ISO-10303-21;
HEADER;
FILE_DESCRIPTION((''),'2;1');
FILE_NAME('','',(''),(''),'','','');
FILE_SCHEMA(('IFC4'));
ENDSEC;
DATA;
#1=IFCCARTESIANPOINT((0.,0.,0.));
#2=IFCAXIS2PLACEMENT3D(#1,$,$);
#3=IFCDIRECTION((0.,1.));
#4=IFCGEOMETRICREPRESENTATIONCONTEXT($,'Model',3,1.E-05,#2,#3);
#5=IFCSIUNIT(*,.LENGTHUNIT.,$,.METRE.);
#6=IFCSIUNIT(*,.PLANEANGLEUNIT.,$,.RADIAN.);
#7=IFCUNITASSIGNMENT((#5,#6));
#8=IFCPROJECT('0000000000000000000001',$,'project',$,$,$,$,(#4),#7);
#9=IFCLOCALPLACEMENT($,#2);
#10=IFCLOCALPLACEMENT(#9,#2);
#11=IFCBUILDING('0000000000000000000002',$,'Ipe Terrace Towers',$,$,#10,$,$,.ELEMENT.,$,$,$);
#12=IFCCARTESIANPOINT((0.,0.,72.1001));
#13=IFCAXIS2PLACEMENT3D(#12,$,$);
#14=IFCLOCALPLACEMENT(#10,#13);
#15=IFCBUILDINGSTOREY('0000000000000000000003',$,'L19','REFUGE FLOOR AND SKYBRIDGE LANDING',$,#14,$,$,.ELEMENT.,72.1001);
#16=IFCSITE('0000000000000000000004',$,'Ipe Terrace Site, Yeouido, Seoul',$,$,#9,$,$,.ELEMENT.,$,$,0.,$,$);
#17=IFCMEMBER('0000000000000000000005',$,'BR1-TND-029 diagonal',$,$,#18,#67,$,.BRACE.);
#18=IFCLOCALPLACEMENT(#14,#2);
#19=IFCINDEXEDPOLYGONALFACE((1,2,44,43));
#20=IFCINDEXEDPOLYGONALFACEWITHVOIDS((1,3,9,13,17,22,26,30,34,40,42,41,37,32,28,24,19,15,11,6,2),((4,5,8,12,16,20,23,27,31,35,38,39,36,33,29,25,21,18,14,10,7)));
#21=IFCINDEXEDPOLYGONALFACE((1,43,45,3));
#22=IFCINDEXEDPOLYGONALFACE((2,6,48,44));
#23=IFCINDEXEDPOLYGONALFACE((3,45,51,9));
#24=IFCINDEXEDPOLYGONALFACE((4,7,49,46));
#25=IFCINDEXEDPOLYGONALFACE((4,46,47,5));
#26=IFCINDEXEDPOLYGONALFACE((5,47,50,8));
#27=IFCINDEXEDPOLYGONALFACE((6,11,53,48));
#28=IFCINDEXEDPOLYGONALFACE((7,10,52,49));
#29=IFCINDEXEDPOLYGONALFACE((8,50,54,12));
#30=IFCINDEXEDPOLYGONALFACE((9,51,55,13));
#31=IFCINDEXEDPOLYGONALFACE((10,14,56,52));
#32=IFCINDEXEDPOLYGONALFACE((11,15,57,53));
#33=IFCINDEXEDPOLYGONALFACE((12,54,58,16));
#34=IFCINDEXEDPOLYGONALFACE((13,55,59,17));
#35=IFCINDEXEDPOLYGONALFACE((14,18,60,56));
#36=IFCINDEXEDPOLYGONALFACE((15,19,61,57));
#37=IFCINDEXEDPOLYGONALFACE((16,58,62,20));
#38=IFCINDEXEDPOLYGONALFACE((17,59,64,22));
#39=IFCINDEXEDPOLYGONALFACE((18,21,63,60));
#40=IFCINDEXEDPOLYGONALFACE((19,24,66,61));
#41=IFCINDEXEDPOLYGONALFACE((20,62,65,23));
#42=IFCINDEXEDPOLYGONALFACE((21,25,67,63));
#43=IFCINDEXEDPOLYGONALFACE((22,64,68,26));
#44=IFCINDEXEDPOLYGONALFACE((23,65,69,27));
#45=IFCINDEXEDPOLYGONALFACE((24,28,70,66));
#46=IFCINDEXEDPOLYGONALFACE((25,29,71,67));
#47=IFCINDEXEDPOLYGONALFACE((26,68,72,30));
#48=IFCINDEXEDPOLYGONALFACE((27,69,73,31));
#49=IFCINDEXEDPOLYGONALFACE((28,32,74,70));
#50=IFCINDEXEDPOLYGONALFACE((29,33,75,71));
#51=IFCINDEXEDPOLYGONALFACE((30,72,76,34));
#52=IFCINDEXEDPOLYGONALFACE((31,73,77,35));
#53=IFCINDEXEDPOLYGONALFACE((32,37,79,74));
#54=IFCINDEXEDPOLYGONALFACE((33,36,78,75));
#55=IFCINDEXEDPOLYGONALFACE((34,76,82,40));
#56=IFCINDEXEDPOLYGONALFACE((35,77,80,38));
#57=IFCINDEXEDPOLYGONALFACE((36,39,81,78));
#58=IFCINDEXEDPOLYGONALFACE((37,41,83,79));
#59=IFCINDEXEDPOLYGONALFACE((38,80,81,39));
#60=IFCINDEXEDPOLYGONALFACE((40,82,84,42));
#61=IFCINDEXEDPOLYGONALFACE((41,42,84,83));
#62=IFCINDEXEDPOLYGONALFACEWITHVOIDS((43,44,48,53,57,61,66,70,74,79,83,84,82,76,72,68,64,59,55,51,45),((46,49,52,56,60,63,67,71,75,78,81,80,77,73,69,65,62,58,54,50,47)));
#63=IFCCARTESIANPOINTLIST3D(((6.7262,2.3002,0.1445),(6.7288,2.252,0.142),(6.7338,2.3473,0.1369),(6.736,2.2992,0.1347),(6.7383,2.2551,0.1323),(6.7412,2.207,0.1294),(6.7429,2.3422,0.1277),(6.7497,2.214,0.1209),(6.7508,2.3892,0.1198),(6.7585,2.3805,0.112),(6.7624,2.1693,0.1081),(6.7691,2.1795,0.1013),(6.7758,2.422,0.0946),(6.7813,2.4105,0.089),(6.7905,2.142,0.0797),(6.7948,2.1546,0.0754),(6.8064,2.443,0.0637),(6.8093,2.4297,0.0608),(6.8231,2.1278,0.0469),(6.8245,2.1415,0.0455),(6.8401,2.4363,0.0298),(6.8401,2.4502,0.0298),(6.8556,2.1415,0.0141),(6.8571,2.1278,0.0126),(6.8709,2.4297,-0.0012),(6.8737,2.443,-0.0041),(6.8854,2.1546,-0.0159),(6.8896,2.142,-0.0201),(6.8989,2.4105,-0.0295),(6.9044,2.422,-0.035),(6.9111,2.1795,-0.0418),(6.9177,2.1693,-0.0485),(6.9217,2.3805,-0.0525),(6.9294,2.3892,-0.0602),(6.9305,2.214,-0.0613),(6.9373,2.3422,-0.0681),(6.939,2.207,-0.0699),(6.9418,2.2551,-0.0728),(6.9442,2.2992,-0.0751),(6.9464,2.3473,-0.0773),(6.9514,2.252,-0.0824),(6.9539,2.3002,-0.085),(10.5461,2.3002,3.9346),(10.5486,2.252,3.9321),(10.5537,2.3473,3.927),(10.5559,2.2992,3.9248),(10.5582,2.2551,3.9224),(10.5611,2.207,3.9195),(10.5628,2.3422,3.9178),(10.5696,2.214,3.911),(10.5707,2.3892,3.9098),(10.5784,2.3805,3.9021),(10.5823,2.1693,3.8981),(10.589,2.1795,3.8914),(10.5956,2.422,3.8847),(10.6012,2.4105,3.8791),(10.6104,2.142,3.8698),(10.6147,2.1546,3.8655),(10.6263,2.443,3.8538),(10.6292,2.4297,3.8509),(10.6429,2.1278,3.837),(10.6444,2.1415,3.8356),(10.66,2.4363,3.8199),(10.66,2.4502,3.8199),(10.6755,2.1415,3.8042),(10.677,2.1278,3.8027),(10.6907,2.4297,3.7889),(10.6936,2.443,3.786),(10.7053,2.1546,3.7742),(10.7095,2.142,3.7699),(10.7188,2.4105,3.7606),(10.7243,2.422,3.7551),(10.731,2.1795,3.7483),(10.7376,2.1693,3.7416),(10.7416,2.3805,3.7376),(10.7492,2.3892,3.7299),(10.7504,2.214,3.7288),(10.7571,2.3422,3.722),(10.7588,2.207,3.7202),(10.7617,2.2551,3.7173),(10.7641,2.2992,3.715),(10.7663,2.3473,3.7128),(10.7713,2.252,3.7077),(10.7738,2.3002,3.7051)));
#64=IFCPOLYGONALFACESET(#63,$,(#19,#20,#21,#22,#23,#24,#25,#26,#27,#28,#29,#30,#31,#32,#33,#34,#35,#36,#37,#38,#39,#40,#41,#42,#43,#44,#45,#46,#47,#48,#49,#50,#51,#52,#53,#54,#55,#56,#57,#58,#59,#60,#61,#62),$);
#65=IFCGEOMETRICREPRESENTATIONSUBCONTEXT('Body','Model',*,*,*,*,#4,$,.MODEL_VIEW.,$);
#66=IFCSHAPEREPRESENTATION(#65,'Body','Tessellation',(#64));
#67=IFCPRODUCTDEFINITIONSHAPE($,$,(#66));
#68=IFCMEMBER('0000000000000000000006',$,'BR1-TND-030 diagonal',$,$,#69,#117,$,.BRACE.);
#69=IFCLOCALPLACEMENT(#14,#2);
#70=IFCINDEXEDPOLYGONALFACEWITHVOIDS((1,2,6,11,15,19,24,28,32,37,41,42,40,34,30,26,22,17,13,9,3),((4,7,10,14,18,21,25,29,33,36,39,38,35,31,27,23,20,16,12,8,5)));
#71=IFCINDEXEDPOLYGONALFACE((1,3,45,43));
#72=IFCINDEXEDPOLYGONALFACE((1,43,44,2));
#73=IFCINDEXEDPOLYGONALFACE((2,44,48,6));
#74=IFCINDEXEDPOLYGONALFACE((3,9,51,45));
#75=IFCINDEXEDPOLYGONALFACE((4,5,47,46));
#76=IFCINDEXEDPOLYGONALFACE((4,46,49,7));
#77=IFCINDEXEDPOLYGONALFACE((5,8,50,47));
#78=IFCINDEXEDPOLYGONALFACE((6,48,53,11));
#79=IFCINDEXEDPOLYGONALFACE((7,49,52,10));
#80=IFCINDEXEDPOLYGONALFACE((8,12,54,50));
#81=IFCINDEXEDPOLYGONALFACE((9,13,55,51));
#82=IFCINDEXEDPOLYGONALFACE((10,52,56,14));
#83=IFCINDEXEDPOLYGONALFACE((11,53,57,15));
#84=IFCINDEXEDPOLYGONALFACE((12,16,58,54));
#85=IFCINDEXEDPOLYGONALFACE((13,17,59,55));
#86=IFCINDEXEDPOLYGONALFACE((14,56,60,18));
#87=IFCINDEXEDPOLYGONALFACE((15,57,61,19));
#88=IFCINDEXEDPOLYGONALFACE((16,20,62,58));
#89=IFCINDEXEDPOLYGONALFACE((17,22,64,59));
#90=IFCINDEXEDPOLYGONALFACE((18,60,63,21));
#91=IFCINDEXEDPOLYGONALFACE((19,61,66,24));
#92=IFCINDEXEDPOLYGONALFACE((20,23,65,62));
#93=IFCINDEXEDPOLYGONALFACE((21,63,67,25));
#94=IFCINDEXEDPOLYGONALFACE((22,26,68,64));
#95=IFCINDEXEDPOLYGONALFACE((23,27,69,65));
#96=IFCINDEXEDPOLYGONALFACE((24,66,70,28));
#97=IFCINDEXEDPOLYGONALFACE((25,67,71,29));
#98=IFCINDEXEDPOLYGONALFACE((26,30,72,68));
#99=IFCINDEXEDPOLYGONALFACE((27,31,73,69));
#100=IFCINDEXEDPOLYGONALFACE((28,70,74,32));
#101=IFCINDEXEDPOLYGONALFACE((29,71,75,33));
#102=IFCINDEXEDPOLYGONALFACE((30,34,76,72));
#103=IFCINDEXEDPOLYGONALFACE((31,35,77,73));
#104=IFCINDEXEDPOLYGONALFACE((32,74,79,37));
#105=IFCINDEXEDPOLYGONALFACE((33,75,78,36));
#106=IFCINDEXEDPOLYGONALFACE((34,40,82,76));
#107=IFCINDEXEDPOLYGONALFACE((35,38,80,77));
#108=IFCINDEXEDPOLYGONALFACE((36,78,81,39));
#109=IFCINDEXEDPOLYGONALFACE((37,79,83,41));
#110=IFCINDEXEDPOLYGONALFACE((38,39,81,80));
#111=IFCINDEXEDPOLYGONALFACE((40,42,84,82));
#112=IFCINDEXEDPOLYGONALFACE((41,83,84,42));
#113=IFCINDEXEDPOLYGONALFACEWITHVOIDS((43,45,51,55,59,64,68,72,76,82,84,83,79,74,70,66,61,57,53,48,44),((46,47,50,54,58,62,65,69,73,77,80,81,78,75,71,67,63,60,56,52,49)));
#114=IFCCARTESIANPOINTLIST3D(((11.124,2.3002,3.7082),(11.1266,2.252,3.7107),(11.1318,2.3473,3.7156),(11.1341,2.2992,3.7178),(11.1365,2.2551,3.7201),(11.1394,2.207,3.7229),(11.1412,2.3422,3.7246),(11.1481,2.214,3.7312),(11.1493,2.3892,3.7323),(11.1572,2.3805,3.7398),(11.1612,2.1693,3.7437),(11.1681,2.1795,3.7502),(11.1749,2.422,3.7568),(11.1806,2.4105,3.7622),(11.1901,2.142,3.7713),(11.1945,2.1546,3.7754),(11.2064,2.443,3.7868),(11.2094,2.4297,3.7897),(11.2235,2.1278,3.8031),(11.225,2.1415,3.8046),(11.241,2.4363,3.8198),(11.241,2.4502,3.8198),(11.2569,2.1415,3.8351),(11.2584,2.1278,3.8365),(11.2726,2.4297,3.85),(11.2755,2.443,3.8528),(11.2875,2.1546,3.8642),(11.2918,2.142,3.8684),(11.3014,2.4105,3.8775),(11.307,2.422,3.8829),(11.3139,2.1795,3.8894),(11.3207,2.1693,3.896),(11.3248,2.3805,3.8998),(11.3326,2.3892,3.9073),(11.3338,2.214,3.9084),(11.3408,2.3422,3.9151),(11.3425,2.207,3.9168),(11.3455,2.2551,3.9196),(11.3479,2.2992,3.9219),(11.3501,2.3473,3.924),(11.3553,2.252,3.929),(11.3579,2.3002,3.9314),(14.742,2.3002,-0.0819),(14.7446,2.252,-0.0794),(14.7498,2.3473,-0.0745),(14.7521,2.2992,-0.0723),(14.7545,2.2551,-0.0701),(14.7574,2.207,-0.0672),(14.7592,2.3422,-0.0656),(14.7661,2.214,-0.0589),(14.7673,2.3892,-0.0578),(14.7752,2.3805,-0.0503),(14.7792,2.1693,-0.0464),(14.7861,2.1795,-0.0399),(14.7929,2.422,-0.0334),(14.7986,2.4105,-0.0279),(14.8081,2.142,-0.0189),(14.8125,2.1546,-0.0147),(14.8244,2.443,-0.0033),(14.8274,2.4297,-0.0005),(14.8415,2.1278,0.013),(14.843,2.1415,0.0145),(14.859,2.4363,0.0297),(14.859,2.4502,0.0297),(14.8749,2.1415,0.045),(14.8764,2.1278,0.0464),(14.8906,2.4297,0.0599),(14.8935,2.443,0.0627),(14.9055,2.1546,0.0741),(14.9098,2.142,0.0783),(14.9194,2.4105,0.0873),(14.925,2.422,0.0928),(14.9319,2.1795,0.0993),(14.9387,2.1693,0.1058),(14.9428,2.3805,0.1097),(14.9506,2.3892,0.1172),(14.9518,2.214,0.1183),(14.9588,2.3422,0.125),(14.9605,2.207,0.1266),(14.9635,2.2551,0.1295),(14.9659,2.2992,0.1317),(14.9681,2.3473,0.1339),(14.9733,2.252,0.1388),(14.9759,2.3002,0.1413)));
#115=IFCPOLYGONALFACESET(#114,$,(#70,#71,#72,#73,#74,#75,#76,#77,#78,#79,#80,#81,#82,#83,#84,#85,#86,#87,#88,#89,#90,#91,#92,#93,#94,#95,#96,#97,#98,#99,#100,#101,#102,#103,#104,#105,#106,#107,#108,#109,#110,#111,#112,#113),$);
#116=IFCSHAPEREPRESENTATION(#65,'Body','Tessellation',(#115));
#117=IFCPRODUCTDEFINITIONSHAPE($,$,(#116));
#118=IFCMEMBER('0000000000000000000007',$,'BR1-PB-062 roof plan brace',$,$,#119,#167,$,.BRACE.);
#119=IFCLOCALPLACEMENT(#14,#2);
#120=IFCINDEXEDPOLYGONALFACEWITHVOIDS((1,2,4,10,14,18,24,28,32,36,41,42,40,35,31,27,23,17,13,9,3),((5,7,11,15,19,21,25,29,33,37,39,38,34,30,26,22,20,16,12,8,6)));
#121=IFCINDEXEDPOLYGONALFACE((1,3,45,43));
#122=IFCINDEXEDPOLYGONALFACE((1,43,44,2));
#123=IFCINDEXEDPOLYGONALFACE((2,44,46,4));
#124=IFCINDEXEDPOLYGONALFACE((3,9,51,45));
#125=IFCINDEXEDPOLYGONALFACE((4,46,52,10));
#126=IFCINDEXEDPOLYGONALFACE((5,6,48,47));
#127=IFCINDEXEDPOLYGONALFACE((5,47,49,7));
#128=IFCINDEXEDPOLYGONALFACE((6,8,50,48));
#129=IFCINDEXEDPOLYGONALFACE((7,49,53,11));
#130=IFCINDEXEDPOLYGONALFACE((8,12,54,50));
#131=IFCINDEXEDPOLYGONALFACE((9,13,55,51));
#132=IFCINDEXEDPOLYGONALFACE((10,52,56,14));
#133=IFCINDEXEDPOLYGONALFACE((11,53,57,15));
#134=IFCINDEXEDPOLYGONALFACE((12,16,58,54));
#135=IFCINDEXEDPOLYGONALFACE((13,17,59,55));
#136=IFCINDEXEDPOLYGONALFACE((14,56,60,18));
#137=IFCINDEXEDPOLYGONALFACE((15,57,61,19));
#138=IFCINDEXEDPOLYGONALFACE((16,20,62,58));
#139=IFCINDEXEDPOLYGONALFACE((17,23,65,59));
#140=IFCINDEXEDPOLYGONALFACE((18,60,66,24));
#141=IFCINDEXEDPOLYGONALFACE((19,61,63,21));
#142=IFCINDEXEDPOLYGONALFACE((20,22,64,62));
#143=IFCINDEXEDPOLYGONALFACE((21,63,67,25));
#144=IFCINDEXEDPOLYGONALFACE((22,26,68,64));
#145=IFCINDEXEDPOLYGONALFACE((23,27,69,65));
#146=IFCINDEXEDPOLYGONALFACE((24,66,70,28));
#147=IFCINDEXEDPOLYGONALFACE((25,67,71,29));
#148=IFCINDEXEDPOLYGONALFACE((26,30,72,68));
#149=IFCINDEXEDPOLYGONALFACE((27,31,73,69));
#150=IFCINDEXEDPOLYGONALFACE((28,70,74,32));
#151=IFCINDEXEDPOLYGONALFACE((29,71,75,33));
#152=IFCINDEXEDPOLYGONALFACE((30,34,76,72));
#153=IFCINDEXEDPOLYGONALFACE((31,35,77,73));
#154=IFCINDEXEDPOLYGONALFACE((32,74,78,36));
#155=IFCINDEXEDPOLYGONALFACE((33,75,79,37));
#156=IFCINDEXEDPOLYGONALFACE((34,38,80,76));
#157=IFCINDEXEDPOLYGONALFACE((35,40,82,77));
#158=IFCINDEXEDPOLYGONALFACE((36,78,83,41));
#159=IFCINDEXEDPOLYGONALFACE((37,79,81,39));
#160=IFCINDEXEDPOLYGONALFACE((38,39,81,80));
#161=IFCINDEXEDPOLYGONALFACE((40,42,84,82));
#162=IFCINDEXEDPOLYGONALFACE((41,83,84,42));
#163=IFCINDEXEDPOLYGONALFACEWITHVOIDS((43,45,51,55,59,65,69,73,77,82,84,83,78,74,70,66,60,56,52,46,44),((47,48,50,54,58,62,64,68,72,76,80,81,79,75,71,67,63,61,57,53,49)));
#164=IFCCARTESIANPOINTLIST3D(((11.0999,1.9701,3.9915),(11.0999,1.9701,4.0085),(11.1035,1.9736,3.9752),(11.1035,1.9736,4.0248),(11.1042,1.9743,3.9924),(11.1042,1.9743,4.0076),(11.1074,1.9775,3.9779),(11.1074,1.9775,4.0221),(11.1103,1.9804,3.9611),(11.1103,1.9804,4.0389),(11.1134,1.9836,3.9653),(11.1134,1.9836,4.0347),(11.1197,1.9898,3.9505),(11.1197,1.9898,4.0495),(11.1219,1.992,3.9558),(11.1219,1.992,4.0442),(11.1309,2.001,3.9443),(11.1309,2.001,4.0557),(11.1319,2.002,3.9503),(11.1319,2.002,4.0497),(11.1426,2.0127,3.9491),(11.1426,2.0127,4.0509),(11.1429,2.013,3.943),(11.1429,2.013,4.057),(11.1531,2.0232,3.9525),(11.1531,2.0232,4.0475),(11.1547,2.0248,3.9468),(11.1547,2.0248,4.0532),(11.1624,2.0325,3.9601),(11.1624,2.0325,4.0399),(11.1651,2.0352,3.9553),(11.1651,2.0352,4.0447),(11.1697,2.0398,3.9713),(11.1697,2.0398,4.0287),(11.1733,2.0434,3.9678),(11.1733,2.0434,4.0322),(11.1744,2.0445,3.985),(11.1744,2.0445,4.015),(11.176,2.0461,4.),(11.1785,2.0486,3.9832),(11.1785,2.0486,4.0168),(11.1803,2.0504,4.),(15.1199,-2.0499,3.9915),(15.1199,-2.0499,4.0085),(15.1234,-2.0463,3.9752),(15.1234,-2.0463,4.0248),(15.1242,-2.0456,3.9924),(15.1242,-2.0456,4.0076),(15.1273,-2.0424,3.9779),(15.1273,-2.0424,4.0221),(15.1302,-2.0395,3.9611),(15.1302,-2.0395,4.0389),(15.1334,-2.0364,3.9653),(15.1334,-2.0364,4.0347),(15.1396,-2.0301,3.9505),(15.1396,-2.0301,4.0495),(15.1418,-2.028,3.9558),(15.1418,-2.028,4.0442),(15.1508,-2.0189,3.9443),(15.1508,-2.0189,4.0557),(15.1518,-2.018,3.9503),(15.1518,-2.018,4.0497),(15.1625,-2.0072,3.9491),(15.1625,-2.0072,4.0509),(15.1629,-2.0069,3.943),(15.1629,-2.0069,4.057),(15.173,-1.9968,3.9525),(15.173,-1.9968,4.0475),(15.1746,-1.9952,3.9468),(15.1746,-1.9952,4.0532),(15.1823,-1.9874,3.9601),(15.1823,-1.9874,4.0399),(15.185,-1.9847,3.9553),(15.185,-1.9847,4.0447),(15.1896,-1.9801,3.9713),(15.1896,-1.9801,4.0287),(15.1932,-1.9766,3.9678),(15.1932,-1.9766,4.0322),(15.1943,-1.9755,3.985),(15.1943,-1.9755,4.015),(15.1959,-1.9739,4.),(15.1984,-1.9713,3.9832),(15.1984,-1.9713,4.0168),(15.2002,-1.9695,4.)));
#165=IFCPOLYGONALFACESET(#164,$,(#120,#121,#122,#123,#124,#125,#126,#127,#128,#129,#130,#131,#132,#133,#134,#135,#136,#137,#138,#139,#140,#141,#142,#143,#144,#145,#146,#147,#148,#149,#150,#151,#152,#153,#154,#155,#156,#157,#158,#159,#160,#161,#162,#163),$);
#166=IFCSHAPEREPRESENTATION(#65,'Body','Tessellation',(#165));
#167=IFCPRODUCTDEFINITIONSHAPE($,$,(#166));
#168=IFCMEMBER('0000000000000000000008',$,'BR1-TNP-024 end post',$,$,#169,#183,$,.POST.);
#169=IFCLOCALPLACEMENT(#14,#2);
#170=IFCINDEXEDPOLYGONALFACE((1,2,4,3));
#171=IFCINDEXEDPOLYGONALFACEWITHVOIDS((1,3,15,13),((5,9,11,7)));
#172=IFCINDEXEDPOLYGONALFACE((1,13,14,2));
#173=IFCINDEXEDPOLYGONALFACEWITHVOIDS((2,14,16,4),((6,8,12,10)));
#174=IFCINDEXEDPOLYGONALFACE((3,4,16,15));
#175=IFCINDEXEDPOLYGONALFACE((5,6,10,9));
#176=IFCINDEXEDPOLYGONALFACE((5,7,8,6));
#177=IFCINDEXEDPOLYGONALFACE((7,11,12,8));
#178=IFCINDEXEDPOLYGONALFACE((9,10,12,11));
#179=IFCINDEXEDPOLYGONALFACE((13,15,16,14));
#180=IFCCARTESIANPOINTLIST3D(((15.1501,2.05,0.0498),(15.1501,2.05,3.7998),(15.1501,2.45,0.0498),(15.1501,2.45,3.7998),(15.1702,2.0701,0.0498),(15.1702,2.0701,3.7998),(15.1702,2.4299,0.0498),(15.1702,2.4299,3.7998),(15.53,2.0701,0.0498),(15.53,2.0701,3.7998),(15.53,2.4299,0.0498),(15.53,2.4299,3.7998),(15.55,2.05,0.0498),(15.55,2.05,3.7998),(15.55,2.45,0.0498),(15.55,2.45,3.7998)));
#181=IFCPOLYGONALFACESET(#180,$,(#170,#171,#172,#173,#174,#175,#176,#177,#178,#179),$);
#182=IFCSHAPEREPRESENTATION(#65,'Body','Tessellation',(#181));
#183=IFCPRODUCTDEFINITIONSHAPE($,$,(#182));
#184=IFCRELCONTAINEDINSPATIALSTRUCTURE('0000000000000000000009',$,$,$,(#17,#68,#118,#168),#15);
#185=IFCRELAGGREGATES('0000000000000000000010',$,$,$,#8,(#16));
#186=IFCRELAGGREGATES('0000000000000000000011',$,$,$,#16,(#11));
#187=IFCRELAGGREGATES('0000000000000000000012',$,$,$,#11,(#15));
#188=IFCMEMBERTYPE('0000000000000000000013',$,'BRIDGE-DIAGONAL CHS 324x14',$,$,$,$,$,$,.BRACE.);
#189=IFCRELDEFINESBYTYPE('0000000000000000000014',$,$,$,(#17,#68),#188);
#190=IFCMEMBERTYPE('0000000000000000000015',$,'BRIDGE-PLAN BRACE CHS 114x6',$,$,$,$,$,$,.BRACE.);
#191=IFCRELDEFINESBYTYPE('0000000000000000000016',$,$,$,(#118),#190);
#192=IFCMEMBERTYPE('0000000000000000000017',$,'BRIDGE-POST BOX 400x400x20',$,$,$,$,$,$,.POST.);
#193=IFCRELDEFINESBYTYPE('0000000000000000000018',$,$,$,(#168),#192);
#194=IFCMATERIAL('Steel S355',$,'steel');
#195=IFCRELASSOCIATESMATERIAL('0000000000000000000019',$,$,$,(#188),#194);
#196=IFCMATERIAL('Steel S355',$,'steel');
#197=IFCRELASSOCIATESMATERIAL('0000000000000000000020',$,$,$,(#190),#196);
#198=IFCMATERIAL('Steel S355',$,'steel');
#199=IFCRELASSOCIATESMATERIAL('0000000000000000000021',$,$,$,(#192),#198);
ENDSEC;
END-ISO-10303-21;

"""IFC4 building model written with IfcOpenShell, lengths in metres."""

from ifc_helpers import new_model, si_unit, direction, frame, origin, origin_2d, place, context, subcontext, project, spatial, hollow_rectangle, hollow_circle, extrude, material, material_profile, profile_set, type_object, element, save


model = new_model("IFC4")

# Units and contexts
model_context = context("Model", 3, precision=1e-05, world=origin(), true_north=direction((0.0, 1.0)))
body_context = subcontext(model_context, "Body", "Model", "MODEL_VIEW")
ifc_project = project(units=[si_unit("LENGTHUNIT", "METRE"), si_unit("PLANEANGLEUNIT", "RADIAN")], contexts=[model_context])

# Site, building, storey
site_placement = place(None, origin())
site = spatial("IfcSite", under=ifc_project, at=site_placement, Name="Ipe Terrace Site, Yeouido, Seoul", CompositionType="ELEMENT", RefElevation=0.0)
building_placement = place(site_placement, origin())
building = spatial("IfcBuilding", under=site, at=building_placement, Name="Ipe Terrace Towers", CompositionType="ELEMENT")
storey_placement = place(building_placement, frame((0.0, 0.0, 72.1001)))
storey = spatial("IfcBuildingStorey", under=building, at=storey_placement, Name="L19", Description="REFUGE FLOOR AND SKYBRIDGE LANDING", CompositionType="ELEMENT", Elevation=72.1001)

# Members
ifc_material_1 = material(Name="Steel S355", Category="steel")
ifc_material_profile_1 = material_profile(ifc_material_1, hollow_circle(Radius=0.1621, WallThickness=0.0139, at=origin_2d()), Name="BRIDGE-DIAGONAL CHS 324x14")
ifc_profile_set_1 = profile_set([ifc_material_profile_1], Name="Steel S355")
member_type_1 = type_object("IfcMemberType", Name="BRIDGE-DIAGONAL CHS 324x14", PredefinedType="BRACE", material=ifc_profile_set_1)
member_1_placement = place(storey_placement, frame((6.8401, 2.2881, 0.0298), z_axis=(0.709869, 0.0, 0.704334), x_axis=(0.0, 1.0, 0.0)))
element("IfcMember", 1, at=member_1_placement, inside=storey, type_object=member_type_1, Name="BR1-TND-029 diagonal", PredefinedType="BRACE", context=body_context, shape_type="SweptSolid", body=[
    extrude(hollow_circle(Radius=0.1621, WallThickness=0.0139, at=origin_2d()), origin(), (0.0, 0.0, 1.0), 5.3811),
])
member_2_placement = place(storey_placement, frame((11.241, 2.2881, 3.8198), z_axis=(0.690491, 0.0, -0.723341), x_axis=(0.0, 1.0, 0.0)))
element("IfcMember", 2, at=member_2_placement, inside=storey, type_object=member_type_1, Name="BR1-TND-030 diagonal", PredefinedType="BRACE", context=body_context, shape_type="SweptSolid", body=[
    extrude(hollow_circle(Radius=0.1621, WallThickness=0.0139, at=origin_2d()), origin(), (0.0, 0.0, 1.0), 5.2397),
])
ifc_material_2 = material(Name="Steel S355", Category="steel")
ifc_material_profile_2 = material_profile(ifc_material_2, hollow_circle(Radius=0.0571, WallThickness=0.0061, at=origin_2d()), Name="BRIDGE-PLAN BRACE CHS 114x6")
ifc_profile_set_2 = profile_set([ifc_material_profile_2], Name="Steel S355")
member_type_2 = type_object("IfcMemberType", Name="BRIDGE-PLAN BRACE CHS 114x6", PredefinedType="BRACE", material=ifc_profile_set_2)
member_3_placement = place(storey_placement, frame((11.1399, 2.01, 4.0), z_axis=(0.707107, -0.707107, 0.0), x_axis=(0.707107, 0.707107, 0.0)))
element("IfcMember", 3, at=member_3_placement, inside=storey, type_object=member_type_2, Name="BR1-PB-062 roof plan brace", PredefinedType="BRACE", context=body_context, shape_type="SweptSolid", body=[
    extrude(hollow_circle(Radius=0.0571, WallThickness=0.0061, at=origin_2d()), origin(), (0.0, 0.0, 1.0), 5.6851),
])
ifc_material_3 = material(Name="Steel S355", Category="steel")
ifc_material_profile_3 = material_profile(ifc_material_3, hollow_rectangle(XDim=0.3999, YDim=0.3999, WallThickness=0.02, at=origin_2d()), Name="BRIDGE-POST BOX 400x400x20")
ifc_profile_set_3 = profile_set([ifc_material_profile_3], Name="Steel S355")
member_type_3 = type_object("IfcMemberType", Name="BRIDGE-POST BOX 400x400x20", PredefinedType="POST", material=ifc_profile_set_3)
member_4_placement = place(storey_placement, frame((15.3501, 2.25, 0.0498), z_axis=(0.0, 0.0, 1.0), x_axis=(1.0, 0.0, 0.0)))
element("IfcMember", 4, at=member_4_placement, inside=storey, type_object=member_type_3, Name="BR1-TNP-024 end post", PredefinedType="POST", context=body_context, shape_type="SweptSolid", body=[
    extrude(hollow_rectangle(XDim=0.3999, YDim=0.3999, WallThickness=0.02, at=origin_2d()), origin(), (0.0, 0.0, 1.0), 3.75),
])

save(model, "model.ifc")
